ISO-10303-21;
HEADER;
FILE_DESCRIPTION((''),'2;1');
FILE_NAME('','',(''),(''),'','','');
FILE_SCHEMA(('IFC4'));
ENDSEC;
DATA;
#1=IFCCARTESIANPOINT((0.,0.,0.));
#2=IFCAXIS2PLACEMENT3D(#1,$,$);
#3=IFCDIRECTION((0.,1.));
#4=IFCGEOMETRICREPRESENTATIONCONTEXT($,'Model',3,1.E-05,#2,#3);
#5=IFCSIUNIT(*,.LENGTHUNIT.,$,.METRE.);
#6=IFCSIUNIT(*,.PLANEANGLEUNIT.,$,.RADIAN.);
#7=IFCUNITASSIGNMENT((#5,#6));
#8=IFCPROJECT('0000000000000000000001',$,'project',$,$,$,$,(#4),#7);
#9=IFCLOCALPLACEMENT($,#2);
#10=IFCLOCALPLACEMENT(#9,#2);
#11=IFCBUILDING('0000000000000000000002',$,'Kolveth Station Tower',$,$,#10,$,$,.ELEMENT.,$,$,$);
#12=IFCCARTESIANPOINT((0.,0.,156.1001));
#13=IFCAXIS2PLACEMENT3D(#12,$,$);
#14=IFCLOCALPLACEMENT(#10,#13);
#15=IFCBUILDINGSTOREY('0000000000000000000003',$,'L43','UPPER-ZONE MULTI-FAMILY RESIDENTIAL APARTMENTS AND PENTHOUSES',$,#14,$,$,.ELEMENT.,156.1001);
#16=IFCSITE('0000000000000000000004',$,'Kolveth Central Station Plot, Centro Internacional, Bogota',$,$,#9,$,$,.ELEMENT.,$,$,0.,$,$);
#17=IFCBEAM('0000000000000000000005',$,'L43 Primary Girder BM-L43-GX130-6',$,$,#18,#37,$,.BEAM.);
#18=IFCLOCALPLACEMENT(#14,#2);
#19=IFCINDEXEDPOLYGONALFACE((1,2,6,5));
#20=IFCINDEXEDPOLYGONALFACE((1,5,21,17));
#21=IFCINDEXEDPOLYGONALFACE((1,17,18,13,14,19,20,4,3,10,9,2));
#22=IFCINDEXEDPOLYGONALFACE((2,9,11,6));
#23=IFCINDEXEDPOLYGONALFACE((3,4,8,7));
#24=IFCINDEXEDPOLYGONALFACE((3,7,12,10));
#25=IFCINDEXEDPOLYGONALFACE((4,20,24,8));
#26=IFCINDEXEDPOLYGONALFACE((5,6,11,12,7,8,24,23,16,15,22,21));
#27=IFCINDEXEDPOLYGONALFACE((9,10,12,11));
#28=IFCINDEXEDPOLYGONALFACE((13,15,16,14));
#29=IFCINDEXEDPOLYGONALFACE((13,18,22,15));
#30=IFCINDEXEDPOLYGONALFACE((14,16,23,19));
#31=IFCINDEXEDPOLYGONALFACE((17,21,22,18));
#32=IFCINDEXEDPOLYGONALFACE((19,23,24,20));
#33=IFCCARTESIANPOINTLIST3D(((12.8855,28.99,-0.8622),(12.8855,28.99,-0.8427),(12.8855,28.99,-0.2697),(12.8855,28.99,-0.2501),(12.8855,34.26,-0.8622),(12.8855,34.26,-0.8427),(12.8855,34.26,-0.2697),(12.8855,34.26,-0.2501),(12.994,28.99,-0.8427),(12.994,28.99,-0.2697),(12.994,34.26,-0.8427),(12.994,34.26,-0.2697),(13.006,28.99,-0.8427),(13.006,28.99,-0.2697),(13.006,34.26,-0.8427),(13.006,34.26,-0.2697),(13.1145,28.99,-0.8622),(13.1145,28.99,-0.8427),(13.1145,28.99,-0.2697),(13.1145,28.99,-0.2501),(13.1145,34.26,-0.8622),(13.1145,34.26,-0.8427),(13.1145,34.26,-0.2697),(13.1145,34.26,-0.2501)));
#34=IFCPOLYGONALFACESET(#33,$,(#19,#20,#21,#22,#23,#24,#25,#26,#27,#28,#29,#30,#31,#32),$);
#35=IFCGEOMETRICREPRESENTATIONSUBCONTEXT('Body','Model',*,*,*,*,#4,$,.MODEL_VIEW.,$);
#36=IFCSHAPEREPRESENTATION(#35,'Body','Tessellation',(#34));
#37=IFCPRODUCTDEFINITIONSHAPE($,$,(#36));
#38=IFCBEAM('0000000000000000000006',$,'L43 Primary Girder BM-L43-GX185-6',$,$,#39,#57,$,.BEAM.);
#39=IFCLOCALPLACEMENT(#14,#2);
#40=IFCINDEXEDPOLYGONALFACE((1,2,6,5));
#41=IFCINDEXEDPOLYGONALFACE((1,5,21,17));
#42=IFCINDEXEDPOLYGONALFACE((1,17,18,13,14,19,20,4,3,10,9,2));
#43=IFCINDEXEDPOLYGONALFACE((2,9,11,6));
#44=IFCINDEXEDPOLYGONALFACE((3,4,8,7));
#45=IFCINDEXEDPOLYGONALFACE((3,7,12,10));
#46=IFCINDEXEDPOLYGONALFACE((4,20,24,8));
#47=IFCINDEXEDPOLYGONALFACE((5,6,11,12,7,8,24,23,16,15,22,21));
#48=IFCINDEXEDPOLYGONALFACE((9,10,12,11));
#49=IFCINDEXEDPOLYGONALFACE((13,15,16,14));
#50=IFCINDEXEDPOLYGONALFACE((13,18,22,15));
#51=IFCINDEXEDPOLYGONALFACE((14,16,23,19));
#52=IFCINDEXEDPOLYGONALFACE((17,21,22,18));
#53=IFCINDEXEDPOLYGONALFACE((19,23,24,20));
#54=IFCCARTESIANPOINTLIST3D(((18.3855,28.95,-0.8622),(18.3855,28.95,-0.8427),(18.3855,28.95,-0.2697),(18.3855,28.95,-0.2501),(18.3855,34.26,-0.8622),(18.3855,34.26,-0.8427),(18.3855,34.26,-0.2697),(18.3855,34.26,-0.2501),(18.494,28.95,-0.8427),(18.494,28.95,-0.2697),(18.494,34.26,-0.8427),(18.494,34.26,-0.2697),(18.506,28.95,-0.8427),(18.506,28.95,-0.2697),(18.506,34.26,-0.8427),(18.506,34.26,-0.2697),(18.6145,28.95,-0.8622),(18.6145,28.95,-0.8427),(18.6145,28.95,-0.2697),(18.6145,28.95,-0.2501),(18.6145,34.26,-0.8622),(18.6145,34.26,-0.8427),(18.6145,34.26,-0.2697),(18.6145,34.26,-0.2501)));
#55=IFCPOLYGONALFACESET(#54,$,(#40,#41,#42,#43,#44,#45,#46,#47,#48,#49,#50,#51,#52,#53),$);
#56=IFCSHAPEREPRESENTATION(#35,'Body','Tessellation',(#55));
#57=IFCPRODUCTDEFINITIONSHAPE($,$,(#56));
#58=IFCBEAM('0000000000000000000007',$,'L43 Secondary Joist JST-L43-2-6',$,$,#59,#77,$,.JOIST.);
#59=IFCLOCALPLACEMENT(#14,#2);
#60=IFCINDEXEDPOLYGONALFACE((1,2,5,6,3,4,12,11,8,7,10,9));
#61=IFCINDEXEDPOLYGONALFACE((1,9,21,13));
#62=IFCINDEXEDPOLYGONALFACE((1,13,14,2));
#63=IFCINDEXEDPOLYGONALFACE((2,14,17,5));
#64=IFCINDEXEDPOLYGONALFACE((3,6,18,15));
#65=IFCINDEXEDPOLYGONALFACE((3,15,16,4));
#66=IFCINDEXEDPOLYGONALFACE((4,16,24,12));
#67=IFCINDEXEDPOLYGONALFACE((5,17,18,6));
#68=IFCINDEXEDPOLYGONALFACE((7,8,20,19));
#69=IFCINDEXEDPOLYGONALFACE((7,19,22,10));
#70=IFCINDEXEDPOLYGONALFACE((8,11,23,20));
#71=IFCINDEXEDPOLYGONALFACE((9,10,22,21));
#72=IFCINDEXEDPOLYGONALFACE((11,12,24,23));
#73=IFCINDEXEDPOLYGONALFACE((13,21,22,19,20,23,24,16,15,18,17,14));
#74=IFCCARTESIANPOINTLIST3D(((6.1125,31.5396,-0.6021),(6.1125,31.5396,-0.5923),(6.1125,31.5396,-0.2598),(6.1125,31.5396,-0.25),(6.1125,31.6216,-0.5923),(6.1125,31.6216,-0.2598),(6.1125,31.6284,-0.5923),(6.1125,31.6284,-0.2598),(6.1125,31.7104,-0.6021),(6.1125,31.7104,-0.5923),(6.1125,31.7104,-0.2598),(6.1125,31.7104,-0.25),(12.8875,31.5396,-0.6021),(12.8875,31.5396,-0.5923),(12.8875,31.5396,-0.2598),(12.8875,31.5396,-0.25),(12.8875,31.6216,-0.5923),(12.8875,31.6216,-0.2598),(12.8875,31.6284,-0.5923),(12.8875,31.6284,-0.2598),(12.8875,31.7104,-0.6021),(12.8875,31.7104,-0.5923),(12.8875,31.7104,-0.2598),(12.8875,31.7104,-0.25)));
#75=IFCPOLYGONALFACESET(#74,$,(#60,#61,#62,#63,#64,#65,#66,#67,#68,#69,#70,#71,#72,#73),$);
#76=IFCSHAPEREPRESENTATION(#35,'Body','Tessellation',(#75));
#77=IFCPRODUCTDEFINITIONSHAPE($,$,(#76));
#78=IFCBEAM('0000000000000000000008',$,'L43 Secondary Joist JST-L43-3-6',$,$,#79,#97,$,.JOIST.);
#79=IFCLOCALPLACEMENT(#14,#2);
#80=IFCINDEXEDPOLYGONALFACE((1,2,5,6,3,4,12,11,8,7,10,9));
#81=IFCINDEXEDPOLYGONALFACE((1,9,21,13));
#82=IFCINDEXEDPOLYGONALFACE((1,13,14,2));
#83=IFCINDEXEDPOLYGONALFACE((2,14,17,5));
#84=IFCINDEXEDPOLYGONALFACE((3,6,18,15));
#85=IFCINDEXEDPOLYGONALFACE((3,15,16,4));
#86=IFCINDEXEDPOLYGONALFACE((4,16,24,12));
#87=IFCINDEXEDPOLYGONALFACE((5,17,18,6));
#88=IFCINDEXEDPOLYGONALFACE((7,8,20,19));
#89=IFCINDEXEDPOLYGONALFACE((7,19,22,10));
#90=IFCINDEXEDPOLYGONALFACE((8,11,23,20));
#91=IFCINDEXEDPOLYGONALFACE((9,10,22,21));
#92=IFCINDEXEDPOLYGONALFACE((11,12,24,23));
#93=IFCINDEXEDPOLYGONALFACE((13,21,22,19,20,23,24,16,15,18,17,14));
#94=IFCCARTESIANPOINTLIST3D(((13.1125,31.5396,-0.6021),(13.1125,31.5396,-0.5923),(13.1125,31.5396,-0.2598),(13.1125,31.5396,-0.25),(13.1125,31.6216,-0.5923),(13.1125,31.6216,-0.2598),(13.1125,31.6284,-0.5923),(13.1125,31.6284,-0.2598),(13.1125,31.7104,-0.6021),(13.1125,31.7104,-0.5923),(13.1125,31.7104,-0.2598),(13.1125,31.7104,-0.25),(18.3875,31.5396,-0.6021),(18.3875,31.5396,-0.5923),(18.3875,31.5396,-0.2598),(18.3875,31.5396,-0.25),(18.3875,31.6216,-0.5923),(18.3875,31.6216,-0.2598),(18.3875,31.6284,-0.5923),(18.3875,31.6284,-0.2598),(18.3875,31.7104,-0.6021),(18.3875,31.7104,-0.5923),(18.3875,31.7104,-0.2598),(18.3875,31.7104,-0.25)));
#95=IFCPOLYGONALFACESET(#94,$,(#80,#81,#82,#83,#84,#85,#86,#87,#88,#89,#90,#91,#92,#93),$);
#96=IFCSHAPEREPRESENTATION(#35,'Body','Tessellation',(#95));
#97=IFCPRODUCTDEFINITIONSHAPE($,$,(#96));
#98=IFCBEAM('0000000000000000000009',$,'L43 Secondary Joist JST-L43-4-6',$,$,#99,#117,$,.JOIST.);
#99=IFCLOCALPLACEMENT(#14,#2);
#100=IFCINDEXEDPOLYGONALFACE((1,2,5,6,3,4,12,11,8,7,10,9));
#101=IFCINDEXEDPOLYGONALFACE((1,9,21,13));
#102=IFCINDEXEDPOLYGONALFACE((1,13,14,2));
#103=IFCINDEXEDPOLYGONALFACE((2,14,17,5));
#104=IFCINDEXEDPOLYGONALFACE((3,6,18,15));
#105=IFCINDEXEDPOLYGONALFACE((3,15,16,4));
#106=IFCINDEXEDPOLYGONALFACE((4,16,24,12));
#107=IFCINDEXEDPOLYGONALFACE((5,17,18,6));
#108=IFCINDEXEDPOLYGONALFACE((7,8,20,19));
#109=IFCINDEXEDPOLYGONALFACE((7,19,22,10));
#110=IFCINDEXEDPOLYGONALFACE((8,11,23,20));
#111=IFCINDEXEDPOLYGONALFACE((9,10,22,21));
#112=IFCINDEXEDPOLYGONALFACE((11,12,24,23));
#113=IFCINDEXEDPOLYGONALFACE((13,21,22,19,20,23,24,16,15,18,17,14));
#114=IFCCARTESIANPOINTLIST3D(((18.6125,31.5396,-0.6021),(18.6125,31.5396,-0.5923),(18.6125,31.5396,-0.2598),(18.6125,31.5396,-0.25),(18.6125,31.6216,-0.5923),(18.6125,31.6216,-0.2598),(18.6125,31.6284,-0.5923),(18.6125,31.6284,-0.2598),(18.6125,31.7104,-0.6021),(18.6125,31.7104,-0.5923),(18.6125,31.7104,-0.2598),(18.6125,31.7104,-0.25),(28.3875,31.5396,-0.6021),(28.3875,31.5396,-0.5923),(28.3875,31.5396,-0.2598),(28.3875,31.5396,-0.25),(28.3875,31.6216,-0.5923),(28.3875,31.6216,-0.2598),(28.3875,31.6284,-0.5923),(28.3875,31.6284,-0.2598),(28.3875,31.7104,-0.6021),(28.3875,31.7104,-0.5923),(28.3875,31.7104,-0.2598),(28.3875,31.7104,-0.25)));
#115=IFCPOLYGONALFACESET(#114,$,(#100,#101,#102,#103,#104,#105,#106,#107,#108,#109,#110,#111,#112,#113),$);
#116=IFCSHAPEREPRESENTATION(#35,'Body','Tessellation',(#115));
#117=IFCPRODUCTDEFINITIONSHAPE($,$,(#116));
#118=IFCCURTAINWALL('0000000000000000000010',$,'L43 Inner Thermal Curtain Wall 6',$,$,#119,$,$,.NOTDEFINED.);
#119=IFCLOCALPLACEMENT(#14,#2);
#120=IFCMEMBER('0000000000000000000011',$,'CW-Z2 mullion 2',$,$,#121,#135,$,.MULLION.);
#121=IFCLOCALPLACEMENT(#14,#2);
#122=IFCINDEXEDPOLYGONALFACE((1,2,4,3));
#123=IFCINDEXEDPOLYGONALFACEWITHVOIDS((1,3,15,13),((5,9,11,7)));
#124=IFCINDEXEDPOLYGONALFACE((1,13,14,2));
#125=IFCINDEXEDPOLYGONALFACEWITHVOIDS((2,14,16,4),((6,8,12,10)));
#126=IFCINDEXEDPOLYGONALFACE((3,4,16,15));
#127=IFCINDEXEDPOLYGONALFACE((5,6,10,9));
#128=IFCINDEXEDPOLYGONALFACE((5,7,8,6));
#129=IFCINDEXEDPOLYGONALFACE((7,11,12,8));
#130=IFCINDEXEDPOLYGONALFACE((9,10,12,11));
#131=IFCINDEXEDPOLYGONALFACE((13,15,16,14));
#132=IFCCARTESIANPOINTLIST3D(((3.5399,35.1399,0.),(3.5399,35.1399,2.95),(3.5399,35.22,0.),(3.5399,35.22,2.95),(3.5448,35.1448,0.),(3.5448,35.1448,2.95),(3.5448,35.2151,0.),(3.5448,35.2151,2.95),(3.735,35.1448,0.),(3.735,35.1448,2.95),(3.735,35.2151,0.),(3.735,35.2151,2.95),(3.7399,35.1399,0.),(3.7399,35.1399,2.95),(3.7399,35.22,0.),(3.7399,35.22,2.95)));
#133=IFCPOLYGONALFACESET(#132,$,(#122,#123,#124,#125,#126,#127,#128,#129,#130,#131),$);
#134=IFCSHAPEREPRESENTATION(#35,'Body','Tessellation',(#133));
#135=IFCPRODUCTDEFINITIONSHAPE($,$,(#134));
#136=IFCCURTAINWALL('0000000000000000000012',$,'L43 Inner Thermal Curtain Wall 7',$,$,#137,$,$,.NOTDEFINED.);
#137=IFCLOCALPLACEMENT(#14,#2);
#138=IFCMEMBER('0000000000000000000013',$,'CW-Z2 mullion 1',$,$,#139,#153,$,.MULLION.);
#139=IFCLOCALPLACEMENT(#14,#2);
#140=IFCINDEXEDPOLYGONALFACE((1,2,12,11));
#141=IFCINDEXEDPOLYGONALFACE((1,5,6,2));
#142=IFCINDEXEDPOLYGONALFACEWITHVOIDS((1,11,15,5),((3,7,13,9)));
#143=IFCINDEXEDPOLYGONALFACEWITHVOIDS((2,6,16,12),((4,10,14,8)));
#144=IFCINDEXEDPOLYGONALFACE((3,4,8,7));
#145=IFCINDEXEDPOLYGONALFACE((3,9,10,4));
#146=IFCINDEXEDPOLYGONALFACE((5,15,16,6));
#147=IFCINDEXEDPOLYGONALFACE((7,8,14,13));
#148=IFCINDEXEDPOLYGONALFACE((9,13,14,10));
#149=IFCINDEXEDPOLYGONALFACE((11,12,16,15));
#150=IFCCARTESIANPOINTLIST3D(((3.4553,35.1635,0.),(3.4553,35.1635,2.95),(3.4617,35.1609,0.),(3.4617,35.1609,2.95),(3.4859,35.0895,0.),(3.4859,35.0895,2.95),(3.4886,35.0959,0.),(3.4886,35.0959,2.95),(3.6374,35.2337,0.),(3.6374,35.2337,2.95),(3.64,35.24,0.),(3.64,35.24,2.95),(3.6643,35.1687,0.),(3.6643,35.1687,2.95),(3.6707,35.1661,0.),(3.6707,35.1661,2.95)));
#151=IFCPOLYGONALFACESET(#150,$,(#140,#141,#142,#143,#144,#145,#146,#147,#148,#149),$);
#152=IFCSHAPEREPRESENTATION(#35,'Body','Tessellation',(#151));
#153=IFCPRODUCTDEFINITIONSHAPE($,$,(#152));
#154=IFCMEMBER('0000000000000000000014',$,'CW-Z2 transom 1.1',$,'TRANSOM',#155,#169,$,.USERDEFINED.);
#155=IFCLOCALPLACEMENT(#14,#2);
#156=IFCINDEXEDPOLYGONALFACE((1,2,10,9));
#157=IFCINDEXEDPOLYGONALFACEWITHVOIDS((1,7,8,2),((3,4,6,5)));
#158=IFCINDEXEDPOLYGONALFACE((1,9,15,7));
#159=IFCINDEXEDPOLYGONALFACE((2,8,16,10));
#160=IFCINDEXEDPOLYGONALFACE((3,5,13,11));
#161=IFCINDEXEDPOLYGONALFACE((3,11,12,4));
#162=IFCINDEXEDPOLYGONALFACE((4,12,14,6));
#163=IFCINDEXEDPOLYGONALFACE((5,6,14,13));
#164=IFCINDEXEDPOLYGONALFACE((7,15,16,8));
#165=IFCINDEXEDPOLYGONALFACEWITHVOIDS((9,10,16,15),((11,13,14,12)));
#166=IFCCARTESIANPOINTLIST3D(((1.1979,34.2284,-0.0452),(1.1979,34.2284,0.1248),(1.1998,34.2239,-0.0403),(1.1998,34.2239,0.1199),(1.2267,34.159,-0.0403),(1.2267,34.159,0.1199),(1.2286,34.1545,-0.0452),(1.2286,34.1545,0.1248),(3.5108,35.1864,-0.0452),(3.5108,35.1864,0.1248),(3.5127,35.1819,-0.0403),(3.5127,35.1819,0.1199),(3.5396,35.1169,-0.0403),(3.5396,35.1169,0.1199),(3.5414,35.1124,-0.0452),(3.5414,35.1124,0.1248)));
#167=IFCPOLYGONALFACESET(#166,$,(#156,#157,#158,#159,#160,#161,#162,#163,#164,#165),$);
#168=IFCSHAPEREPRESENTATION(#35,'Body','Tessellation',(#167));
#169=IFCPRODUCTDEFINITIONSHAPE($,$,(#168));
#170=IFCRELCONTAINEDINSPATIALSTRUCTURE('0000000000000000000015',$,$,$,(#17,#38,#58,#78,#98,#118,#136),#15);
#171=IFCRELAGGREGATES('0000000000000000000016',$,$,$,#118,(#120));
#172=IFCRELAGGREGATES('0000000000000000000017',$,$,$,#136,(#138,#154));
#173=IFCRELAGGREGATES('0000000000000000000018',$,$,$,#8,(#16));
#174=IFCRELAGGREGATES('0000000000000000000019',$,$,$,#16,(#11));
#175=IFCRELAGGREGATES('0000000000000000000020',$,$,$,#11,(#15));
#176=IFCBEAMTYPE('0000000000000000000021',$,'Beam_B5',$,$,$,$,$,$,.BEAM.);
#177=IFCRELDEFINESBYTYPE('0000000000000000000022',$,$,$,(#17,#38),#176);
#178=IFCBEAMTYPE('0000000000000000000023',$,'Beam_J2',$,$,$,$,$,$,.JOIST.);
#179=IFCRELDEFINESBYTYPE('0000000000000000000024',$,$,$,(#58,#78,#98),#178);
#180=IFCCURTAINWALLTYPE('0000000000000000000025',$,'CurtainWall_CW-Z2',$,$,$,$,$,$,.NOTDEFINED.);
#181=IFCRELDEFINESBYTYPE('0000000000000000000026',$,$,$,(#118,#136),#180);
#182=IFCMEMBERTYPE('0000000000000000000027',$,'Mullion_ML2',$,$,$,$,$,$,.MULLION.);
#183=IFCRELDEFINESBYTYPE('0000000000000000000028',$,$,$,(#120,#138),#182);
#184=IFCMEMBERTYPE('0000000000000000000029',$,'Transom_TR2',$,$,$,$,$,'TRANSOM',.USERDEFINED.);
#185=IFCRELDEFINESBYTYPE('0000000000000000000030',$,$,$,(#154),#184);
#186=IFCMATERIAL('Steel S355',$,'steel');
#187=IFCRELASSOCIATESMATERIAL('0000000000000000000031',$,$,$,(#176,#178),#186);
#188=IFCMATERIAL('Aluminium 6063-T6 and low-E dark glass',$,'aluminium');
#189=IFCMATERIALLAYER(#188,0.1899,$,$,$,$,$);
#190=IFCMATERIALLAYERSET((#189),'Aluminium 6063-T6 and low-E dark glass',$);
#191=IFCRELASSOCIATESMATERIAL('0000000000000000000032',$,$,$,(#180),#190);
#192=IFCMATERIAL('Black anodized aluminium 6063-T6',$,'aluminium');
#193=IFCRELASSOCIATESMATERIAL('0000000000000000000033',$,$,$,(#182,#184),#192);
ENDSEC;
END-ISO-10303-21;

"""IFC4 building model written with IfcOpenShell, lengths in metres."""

from ifc_helpers import new_model, si_unit, direction, frame, origin, origin_2d, place, context, subcontext, project, spatial, hollow_rectangle, i_section, extrude, source, transform, mapped, material, layer, layer_set, material_profile, profile_set, type_object, element, aggregate, save


model = new_model("IFC4")

# Units and contexts
model_context = context("Model", 3, precision=1e-05, world=origin(), true_north=direction((0.0, 1.0)))
body_context = subcontext(model_context, "Body", "Model", "MODEL_VIEW")
ifc_project = project(units=[si_unit("LENGTHUNIT", "METRE"), si_unit("PLANEANGLEUNIT", "RADIAN")], contexts=[model_context])

# Site, building, storey
site_placement = place(None, origin())
site = spatial("IfcSite", under=ifc_project, at=site_placement, Name="Kolveth Central Station Plot, Centro Internacional, Bogota", CompositionType="ELEMENT", RefElevation=0.0)
building_placement = place(site_placement, origin())
building = spatial("IfcBuilding", under=site, at=building_placement, Name="Kolveth Station Tower", CompositionType="ELEMENT")
storey_placement = place(building_placement, frame((0.0, 0.0, 156.1001)))
storey = spatial("IfcBuildingStorey", under=building, at=storey_placement, Name="L43", Description="UPPER-ZONE MULTI-FAMILY RESIDENTIAL APARTMENTS AND PENTHOUSES", CompositionType="ELEMENT", Elevation=156.1001)

# Shared definitions
ifc_material_1 = material(Name="Steel S355", Category="steel")

# Beams
ifc_material_profile_1 = material_profile(ifc_material_1, i_section(OverallWidth=0.229, OverallDepth=0.6121, WebThickness=0.012, FlangeThickness=0.0195, at=origin_2d()), Name="W610x125")
ifc_profile_set_1 = profile_set([ifc_material_profile_1], Name="Steel S355")
beam_type_1 = type_object("IfcBeamType", Name="Beam_B5", PredefinedType="BEAM", material=ifc_profile_set_1)
shared_shape_1 = source(origin(), body_context, "Body", "SweptSolid", [
    extrude(i_section(OverallWidth=0.229, OverallDepth=0.6121, WebThickness=0.012, FlangeThickness=0.0195, at=origin_2d()), origin(), (0.0, 0.0, 1.0), 5.27),
])
for number, where, z_axis, x_axis, name in (
    (1, (13.0, 28.99, -0.5562), (0.0, 1.0, 0.0), (-1.0, 0.0, 0.0), "L43 Primary Girder BM-L43-GX130-6"),
):
    element("IfcBeam", number, at=place(storey_placement, frame(where, z_axis=z_axis, x_axis=x_axis)), inside=storey, type_object=beam_type_1, Name=name, PredefinedType="BEAM", context=body_context, shape_type="MappedRepresentation", body=[
        mapped(shared_shape_1, transform((0.0, 0.0, 0.0), x_axis=(1.0, 0.0, 0.0), y_axis=(0.0, 1.0, 0.0), z_axis=(0.0, 0.0, 1.0), scale=1.0)),
    ])
shared_shape_2 = source(origin(), body_context, "Body", "SweptSolid", [
    extrude(i_section(OverallWidth=0.229, OverallDepth=0.6121, WebThickness=0.012, FlangeThickness=0.0195, at=origin_2d()), origin(), (0.0, 0.0, 1.0), 5.3101),
])
beam_1_placement = place(storey_placement, frame((18.5, 28.95, -0.5562), z_axis=(0.0, 1.0, 0.0), x_axis=(-1.0, 0.0, 0.0)))
element("IfcBeam", 2, at=beam_1_placement, inside=storey, type_object=beam_type_1, Name="L43 Primary Girder BM-L43-GX185-6", PredefinedType="BEAM", context=body_context, shape_type="MappedRepresentation", body=[
    mapped(shared_shape_2, transform((0.0, 0.0, 0.0), x_axis=(1.0, 0.0, 0.0), y_axis=(0.0, 1.0, 0.0), z_axis=(0.0, 0.0, 1.0), scale=1.0)),
])
ifc_material_profile_2 = material_profile(ifc_material_1, i_section(OverallWidth=0.1709, OverallDepth=0.3521, WebThickness=0.0068, FlangeThickness=0.0098, at=origin_2d()), Name="W360x44")
ifc_profile_set_2 = profile_set([ifc_material_profile_2], Name="Steel S355")
beam_type_2 = type_object("IfcBeamType", Name="Beam_J2", PredefinedType="JOIST", material=ifc_profile_set_2)
shared_shape_3 = source(origin(), body_context, "Body", "SweptSolid", [
    extrude(i_section(OverallWidth=0.1709, OverallDepth=0.3521, WebThickness=0.0068, FlangeThickness=0.0098, at=origin_2d()), origin(), (0.0, 0.0, 1.0), 6.7749),
])
beam_2_placement = place(storey_placement, frame((6.1125, 31.625, -0.426), z_axis=(1.0, 0.0, 0.0), x_axis=(0.0, 1.0, 0.0)))
element("IfcBeam", 3, at=beam_2_placement, inside=storey, type_object=beam_type_2, Name="L43 Secondary Joist JST-L43-2-6", PredefinedType="JOIST", context=body_context, shape_type="MappedRepresentation", body=[
    mapped(shared_shape_3, transform((0.0, 0.0, 0.0), x_axis=(1.0, 0.0, 0.0), y_axis=(0.0, 1.0, 0.0), z_axis=(0.0, 0.0, 1.0), scale=1.0)),
])
shared_shape_4 = source(origin(), body_context, "Body", "SweptSolid", [
    extrude(i_section(OverallWidth=0.1709, OverallDepth=0.3521, WebThickness=0.0068, FlangeThickness=0.0098, at=origin_2d()), origin(), (0.0, 0.0, 1.0), 5.2749),
])
beam_3_placement = place(storey_placement, frame((13.1125, 31.625, -0.426), z_axis=(1.0, 0.0, 0.0), x_axis=(0.0, 1.0, 0.0)))
element("IfcBeam", 4, at=beam_3_placement, inside=storey, type_object=beam_type_2, Name="L43 Secondary Joist JST-L43-3-6", PredefinedType="JOIST", context=body_context, shape_type="MappedRepresentation", body=[
    mapped(shared_shape_4, transform((0.0, 0.0, 0.0), x_axis=(1.0, 0.0, 0.0), y_axis=(0.0, 1.0, 0.0), z_axis=(0.0, 0.0, 1.0), scale=1.0)),
])
shared_shape_5 = source(origin(), body_context, "Body", "SweptSolid", [
    extrude(i_section(OverallWidth=0.1709, OverallDepth=0.3521, WebThickness=0.0068, FlangeThickness=0.0098, at=origin_2d()), origin(), (0.0, 0.0, 1.0), 9.7749),
])
beam_4_placement = place(storey_placement, frame((18.6125, 31.625, -0.426), z_axis=(1.0, 0.0, 0.0), x_axis=(0.0, 1.0, 0.0)))
element("IfcBeam", 5, at=beam_4_placement, inside=storey, type_object=beam_type_2, Name="L43 Secondary Joist JST-L43-4-6", PredefinedType="JOIST", context=body_context, shape_type="MappedRepresentation", body=[
    mapped(shared_shape_5, transform((0.0, 0.0, 0.0), x_axis=(1.0, 0.0, 0.0), y_axis=(0.0, 1.0, 0.0), z_axis=(0.0, 0.0, 1.0), scale=1.0)),
])

# Curtain wall, member
ifc_material_2 = material(Name="Aluminium 6063-T6 and low-E dark glass", Category="aluminium")
ifc_layer_1 = layer(ifc_material_2, 0.1899)
ifc_layer_set_1 = layer_set([ifc_layer_1], Name="Aluminium 6063-T6 and low-E dark glass")
curtain_wall_type = type_object("IfcCurtainWallType", Name="CurtainWall_CW-Z2", PredefinedType="NOTDEFINED", material=ifc_layer_set_1)
curtain_wall_1_placement = place(storey_placement, origin())
curtain_wall_1 = element("IfcCurtainWall", 6, at=curtain_wall_1_placement, inside=storey, type_object=curtain_wall_type, Name="L43 Inner Thermal Curtain Wall 6", PredefinedType="NOTDEFINED")
ifc_material_3 = material(Name="Black anodized aluminium 6063-T6", Category="aluminium")
ifc_material_profile_3 = material_profile(ifc_material_3, hollow_rectangle(XDim=0.0801, YDim=0.2, WallThickness=0.0049, at=origin_2d()), Name="ALU-80x200x5")
ifc_profile_set_3 = profile_set([ifc_material_profile_3], Name="Black anodized aluminium 6063-T6")
member_type_1 = type_object("IfcMemberType", Name="Mullion_ML2", PredefinedType="MULLION", material=ifc_profile_set_3)
shared_shape_6 = source(origin(), body_context, "Body", "SweptSolid", [
    extrude(hollow_rectangle(XDim=0.0801, YDim=0.2, WallThickness=0.0049, at=origin_2d()), origin(), (0.0, 0.0, 1.0), 2.95),
])
member_1_placement = place(storey_placement, frame((3.6399, 35.1799, 0.0), z_axis=(0.0, 0.0, 1.0), x_axis=(0.0, -1.0, 0.0)))
member_1 = element("IfcMember", 7, at=member_1_placement, type_object=member_type_1, Name="CW-Z2 mullion 2", PredefinedType="MULLION", context=body_context, shape_type="MappedRepresentation", body=[
    mapped(shared_shape_6, transform((0.0, 0.0, 0.0), x_axis=(1.0, 0.0, 0.0), y_axis=(0.0, 1.0, 0.0), z_axis=(0.0, 0.0, 1.0), scale=1.0)),
])
aggregate(curtain_wall_1, [member_1])

# Curtain wall, members
curtain_wall_2_placement = place(storey_placement, origin())
curtain_wall_2 = element("IfcCurtainWall", 8, at=curtain_wall_2_placement, inside=storey, type_object=curtain_wall_type, Name="L43 Inner Thermal Curtain Wall 7", PredefinedType="NOTDEFINED")
member_2_placement = place(storey_placement, frame((3.563, 35.1648, 0.0), z_axis=(0.0, 0.0, 1.0), x_axis=(0.382698, -0.923874, 0.0)))
member_2 = element("IfcMember", 9, at=member_2_placement, type_object=member_type_1, Name="CW-Z2 mullion 1", PredefinedType="MULLION", context=body_context, shape_type="MappedRepresentation", body=[
    mapped(shared_shape_6, transform((0.0, 0.0, 0.0), x_axis=(1.0, 0.0, 0.0), y_axis=(0.0, 1.0, 0.0), z_axis=(0.0, 0.0, 1.0), scale=1.0)),
])
ifc_material_profile_4 = material_profile(ifc_material_3, hollow_rectangle(XDim=0.0801, YDim=0.1699, WallThickness=0.0049, at=origin_2d()), Name="ALU-80x170x5")
ifc_profile_set_4 = profile_set([ifc_material_profile_4], Name="Black anodized aluminium 6063-T6")
member_type_2 = type_object("IfcMemberType", Name="Transom_TR2", ElementType="TRANSOM", PredefinedType="USERDEFINED", material=ifc_profile_set_4)
shared_shape_7 = source(origin(), body_context, "Body", "SweptSolid", [
    extrude(hollow_rectangle(XDim=0.0801, YDim=0.1699, WallThickness=0.0049, at=origin_2d()), origin(), (0.0, 0.0, 1.0), 2.5034),
])
member_3_placement = place(storey_placement, frame((3.5261, 35.1494, 0.0398), z_axis=(-0.923888, -0.382662, 0.0), x_axis=(0.382662, -0.923888, 0.0)))
member_3 = element("IfcMember", 10, at=member_3_placement, type_object=member_type_2, Name="CW-Z2 transom 1.1", ObjectType="TRANSOM", PredefinedType="USERDEFINED", context=body_context, shape_type="MappedRepresentation", body=[
    mapped(shared_shape_7, transform((0.0, 0.0, 0.0), x_axis=(1.0, 0.0, 0.0), y_axis=(0.0, 1.0, 0.0), z_axis=(0.0, 0.0, 1.0), scale=1.0)),
])
aggregate(curtain_wall_2, [member_2, member_3])

save(model, "model.ifc")
